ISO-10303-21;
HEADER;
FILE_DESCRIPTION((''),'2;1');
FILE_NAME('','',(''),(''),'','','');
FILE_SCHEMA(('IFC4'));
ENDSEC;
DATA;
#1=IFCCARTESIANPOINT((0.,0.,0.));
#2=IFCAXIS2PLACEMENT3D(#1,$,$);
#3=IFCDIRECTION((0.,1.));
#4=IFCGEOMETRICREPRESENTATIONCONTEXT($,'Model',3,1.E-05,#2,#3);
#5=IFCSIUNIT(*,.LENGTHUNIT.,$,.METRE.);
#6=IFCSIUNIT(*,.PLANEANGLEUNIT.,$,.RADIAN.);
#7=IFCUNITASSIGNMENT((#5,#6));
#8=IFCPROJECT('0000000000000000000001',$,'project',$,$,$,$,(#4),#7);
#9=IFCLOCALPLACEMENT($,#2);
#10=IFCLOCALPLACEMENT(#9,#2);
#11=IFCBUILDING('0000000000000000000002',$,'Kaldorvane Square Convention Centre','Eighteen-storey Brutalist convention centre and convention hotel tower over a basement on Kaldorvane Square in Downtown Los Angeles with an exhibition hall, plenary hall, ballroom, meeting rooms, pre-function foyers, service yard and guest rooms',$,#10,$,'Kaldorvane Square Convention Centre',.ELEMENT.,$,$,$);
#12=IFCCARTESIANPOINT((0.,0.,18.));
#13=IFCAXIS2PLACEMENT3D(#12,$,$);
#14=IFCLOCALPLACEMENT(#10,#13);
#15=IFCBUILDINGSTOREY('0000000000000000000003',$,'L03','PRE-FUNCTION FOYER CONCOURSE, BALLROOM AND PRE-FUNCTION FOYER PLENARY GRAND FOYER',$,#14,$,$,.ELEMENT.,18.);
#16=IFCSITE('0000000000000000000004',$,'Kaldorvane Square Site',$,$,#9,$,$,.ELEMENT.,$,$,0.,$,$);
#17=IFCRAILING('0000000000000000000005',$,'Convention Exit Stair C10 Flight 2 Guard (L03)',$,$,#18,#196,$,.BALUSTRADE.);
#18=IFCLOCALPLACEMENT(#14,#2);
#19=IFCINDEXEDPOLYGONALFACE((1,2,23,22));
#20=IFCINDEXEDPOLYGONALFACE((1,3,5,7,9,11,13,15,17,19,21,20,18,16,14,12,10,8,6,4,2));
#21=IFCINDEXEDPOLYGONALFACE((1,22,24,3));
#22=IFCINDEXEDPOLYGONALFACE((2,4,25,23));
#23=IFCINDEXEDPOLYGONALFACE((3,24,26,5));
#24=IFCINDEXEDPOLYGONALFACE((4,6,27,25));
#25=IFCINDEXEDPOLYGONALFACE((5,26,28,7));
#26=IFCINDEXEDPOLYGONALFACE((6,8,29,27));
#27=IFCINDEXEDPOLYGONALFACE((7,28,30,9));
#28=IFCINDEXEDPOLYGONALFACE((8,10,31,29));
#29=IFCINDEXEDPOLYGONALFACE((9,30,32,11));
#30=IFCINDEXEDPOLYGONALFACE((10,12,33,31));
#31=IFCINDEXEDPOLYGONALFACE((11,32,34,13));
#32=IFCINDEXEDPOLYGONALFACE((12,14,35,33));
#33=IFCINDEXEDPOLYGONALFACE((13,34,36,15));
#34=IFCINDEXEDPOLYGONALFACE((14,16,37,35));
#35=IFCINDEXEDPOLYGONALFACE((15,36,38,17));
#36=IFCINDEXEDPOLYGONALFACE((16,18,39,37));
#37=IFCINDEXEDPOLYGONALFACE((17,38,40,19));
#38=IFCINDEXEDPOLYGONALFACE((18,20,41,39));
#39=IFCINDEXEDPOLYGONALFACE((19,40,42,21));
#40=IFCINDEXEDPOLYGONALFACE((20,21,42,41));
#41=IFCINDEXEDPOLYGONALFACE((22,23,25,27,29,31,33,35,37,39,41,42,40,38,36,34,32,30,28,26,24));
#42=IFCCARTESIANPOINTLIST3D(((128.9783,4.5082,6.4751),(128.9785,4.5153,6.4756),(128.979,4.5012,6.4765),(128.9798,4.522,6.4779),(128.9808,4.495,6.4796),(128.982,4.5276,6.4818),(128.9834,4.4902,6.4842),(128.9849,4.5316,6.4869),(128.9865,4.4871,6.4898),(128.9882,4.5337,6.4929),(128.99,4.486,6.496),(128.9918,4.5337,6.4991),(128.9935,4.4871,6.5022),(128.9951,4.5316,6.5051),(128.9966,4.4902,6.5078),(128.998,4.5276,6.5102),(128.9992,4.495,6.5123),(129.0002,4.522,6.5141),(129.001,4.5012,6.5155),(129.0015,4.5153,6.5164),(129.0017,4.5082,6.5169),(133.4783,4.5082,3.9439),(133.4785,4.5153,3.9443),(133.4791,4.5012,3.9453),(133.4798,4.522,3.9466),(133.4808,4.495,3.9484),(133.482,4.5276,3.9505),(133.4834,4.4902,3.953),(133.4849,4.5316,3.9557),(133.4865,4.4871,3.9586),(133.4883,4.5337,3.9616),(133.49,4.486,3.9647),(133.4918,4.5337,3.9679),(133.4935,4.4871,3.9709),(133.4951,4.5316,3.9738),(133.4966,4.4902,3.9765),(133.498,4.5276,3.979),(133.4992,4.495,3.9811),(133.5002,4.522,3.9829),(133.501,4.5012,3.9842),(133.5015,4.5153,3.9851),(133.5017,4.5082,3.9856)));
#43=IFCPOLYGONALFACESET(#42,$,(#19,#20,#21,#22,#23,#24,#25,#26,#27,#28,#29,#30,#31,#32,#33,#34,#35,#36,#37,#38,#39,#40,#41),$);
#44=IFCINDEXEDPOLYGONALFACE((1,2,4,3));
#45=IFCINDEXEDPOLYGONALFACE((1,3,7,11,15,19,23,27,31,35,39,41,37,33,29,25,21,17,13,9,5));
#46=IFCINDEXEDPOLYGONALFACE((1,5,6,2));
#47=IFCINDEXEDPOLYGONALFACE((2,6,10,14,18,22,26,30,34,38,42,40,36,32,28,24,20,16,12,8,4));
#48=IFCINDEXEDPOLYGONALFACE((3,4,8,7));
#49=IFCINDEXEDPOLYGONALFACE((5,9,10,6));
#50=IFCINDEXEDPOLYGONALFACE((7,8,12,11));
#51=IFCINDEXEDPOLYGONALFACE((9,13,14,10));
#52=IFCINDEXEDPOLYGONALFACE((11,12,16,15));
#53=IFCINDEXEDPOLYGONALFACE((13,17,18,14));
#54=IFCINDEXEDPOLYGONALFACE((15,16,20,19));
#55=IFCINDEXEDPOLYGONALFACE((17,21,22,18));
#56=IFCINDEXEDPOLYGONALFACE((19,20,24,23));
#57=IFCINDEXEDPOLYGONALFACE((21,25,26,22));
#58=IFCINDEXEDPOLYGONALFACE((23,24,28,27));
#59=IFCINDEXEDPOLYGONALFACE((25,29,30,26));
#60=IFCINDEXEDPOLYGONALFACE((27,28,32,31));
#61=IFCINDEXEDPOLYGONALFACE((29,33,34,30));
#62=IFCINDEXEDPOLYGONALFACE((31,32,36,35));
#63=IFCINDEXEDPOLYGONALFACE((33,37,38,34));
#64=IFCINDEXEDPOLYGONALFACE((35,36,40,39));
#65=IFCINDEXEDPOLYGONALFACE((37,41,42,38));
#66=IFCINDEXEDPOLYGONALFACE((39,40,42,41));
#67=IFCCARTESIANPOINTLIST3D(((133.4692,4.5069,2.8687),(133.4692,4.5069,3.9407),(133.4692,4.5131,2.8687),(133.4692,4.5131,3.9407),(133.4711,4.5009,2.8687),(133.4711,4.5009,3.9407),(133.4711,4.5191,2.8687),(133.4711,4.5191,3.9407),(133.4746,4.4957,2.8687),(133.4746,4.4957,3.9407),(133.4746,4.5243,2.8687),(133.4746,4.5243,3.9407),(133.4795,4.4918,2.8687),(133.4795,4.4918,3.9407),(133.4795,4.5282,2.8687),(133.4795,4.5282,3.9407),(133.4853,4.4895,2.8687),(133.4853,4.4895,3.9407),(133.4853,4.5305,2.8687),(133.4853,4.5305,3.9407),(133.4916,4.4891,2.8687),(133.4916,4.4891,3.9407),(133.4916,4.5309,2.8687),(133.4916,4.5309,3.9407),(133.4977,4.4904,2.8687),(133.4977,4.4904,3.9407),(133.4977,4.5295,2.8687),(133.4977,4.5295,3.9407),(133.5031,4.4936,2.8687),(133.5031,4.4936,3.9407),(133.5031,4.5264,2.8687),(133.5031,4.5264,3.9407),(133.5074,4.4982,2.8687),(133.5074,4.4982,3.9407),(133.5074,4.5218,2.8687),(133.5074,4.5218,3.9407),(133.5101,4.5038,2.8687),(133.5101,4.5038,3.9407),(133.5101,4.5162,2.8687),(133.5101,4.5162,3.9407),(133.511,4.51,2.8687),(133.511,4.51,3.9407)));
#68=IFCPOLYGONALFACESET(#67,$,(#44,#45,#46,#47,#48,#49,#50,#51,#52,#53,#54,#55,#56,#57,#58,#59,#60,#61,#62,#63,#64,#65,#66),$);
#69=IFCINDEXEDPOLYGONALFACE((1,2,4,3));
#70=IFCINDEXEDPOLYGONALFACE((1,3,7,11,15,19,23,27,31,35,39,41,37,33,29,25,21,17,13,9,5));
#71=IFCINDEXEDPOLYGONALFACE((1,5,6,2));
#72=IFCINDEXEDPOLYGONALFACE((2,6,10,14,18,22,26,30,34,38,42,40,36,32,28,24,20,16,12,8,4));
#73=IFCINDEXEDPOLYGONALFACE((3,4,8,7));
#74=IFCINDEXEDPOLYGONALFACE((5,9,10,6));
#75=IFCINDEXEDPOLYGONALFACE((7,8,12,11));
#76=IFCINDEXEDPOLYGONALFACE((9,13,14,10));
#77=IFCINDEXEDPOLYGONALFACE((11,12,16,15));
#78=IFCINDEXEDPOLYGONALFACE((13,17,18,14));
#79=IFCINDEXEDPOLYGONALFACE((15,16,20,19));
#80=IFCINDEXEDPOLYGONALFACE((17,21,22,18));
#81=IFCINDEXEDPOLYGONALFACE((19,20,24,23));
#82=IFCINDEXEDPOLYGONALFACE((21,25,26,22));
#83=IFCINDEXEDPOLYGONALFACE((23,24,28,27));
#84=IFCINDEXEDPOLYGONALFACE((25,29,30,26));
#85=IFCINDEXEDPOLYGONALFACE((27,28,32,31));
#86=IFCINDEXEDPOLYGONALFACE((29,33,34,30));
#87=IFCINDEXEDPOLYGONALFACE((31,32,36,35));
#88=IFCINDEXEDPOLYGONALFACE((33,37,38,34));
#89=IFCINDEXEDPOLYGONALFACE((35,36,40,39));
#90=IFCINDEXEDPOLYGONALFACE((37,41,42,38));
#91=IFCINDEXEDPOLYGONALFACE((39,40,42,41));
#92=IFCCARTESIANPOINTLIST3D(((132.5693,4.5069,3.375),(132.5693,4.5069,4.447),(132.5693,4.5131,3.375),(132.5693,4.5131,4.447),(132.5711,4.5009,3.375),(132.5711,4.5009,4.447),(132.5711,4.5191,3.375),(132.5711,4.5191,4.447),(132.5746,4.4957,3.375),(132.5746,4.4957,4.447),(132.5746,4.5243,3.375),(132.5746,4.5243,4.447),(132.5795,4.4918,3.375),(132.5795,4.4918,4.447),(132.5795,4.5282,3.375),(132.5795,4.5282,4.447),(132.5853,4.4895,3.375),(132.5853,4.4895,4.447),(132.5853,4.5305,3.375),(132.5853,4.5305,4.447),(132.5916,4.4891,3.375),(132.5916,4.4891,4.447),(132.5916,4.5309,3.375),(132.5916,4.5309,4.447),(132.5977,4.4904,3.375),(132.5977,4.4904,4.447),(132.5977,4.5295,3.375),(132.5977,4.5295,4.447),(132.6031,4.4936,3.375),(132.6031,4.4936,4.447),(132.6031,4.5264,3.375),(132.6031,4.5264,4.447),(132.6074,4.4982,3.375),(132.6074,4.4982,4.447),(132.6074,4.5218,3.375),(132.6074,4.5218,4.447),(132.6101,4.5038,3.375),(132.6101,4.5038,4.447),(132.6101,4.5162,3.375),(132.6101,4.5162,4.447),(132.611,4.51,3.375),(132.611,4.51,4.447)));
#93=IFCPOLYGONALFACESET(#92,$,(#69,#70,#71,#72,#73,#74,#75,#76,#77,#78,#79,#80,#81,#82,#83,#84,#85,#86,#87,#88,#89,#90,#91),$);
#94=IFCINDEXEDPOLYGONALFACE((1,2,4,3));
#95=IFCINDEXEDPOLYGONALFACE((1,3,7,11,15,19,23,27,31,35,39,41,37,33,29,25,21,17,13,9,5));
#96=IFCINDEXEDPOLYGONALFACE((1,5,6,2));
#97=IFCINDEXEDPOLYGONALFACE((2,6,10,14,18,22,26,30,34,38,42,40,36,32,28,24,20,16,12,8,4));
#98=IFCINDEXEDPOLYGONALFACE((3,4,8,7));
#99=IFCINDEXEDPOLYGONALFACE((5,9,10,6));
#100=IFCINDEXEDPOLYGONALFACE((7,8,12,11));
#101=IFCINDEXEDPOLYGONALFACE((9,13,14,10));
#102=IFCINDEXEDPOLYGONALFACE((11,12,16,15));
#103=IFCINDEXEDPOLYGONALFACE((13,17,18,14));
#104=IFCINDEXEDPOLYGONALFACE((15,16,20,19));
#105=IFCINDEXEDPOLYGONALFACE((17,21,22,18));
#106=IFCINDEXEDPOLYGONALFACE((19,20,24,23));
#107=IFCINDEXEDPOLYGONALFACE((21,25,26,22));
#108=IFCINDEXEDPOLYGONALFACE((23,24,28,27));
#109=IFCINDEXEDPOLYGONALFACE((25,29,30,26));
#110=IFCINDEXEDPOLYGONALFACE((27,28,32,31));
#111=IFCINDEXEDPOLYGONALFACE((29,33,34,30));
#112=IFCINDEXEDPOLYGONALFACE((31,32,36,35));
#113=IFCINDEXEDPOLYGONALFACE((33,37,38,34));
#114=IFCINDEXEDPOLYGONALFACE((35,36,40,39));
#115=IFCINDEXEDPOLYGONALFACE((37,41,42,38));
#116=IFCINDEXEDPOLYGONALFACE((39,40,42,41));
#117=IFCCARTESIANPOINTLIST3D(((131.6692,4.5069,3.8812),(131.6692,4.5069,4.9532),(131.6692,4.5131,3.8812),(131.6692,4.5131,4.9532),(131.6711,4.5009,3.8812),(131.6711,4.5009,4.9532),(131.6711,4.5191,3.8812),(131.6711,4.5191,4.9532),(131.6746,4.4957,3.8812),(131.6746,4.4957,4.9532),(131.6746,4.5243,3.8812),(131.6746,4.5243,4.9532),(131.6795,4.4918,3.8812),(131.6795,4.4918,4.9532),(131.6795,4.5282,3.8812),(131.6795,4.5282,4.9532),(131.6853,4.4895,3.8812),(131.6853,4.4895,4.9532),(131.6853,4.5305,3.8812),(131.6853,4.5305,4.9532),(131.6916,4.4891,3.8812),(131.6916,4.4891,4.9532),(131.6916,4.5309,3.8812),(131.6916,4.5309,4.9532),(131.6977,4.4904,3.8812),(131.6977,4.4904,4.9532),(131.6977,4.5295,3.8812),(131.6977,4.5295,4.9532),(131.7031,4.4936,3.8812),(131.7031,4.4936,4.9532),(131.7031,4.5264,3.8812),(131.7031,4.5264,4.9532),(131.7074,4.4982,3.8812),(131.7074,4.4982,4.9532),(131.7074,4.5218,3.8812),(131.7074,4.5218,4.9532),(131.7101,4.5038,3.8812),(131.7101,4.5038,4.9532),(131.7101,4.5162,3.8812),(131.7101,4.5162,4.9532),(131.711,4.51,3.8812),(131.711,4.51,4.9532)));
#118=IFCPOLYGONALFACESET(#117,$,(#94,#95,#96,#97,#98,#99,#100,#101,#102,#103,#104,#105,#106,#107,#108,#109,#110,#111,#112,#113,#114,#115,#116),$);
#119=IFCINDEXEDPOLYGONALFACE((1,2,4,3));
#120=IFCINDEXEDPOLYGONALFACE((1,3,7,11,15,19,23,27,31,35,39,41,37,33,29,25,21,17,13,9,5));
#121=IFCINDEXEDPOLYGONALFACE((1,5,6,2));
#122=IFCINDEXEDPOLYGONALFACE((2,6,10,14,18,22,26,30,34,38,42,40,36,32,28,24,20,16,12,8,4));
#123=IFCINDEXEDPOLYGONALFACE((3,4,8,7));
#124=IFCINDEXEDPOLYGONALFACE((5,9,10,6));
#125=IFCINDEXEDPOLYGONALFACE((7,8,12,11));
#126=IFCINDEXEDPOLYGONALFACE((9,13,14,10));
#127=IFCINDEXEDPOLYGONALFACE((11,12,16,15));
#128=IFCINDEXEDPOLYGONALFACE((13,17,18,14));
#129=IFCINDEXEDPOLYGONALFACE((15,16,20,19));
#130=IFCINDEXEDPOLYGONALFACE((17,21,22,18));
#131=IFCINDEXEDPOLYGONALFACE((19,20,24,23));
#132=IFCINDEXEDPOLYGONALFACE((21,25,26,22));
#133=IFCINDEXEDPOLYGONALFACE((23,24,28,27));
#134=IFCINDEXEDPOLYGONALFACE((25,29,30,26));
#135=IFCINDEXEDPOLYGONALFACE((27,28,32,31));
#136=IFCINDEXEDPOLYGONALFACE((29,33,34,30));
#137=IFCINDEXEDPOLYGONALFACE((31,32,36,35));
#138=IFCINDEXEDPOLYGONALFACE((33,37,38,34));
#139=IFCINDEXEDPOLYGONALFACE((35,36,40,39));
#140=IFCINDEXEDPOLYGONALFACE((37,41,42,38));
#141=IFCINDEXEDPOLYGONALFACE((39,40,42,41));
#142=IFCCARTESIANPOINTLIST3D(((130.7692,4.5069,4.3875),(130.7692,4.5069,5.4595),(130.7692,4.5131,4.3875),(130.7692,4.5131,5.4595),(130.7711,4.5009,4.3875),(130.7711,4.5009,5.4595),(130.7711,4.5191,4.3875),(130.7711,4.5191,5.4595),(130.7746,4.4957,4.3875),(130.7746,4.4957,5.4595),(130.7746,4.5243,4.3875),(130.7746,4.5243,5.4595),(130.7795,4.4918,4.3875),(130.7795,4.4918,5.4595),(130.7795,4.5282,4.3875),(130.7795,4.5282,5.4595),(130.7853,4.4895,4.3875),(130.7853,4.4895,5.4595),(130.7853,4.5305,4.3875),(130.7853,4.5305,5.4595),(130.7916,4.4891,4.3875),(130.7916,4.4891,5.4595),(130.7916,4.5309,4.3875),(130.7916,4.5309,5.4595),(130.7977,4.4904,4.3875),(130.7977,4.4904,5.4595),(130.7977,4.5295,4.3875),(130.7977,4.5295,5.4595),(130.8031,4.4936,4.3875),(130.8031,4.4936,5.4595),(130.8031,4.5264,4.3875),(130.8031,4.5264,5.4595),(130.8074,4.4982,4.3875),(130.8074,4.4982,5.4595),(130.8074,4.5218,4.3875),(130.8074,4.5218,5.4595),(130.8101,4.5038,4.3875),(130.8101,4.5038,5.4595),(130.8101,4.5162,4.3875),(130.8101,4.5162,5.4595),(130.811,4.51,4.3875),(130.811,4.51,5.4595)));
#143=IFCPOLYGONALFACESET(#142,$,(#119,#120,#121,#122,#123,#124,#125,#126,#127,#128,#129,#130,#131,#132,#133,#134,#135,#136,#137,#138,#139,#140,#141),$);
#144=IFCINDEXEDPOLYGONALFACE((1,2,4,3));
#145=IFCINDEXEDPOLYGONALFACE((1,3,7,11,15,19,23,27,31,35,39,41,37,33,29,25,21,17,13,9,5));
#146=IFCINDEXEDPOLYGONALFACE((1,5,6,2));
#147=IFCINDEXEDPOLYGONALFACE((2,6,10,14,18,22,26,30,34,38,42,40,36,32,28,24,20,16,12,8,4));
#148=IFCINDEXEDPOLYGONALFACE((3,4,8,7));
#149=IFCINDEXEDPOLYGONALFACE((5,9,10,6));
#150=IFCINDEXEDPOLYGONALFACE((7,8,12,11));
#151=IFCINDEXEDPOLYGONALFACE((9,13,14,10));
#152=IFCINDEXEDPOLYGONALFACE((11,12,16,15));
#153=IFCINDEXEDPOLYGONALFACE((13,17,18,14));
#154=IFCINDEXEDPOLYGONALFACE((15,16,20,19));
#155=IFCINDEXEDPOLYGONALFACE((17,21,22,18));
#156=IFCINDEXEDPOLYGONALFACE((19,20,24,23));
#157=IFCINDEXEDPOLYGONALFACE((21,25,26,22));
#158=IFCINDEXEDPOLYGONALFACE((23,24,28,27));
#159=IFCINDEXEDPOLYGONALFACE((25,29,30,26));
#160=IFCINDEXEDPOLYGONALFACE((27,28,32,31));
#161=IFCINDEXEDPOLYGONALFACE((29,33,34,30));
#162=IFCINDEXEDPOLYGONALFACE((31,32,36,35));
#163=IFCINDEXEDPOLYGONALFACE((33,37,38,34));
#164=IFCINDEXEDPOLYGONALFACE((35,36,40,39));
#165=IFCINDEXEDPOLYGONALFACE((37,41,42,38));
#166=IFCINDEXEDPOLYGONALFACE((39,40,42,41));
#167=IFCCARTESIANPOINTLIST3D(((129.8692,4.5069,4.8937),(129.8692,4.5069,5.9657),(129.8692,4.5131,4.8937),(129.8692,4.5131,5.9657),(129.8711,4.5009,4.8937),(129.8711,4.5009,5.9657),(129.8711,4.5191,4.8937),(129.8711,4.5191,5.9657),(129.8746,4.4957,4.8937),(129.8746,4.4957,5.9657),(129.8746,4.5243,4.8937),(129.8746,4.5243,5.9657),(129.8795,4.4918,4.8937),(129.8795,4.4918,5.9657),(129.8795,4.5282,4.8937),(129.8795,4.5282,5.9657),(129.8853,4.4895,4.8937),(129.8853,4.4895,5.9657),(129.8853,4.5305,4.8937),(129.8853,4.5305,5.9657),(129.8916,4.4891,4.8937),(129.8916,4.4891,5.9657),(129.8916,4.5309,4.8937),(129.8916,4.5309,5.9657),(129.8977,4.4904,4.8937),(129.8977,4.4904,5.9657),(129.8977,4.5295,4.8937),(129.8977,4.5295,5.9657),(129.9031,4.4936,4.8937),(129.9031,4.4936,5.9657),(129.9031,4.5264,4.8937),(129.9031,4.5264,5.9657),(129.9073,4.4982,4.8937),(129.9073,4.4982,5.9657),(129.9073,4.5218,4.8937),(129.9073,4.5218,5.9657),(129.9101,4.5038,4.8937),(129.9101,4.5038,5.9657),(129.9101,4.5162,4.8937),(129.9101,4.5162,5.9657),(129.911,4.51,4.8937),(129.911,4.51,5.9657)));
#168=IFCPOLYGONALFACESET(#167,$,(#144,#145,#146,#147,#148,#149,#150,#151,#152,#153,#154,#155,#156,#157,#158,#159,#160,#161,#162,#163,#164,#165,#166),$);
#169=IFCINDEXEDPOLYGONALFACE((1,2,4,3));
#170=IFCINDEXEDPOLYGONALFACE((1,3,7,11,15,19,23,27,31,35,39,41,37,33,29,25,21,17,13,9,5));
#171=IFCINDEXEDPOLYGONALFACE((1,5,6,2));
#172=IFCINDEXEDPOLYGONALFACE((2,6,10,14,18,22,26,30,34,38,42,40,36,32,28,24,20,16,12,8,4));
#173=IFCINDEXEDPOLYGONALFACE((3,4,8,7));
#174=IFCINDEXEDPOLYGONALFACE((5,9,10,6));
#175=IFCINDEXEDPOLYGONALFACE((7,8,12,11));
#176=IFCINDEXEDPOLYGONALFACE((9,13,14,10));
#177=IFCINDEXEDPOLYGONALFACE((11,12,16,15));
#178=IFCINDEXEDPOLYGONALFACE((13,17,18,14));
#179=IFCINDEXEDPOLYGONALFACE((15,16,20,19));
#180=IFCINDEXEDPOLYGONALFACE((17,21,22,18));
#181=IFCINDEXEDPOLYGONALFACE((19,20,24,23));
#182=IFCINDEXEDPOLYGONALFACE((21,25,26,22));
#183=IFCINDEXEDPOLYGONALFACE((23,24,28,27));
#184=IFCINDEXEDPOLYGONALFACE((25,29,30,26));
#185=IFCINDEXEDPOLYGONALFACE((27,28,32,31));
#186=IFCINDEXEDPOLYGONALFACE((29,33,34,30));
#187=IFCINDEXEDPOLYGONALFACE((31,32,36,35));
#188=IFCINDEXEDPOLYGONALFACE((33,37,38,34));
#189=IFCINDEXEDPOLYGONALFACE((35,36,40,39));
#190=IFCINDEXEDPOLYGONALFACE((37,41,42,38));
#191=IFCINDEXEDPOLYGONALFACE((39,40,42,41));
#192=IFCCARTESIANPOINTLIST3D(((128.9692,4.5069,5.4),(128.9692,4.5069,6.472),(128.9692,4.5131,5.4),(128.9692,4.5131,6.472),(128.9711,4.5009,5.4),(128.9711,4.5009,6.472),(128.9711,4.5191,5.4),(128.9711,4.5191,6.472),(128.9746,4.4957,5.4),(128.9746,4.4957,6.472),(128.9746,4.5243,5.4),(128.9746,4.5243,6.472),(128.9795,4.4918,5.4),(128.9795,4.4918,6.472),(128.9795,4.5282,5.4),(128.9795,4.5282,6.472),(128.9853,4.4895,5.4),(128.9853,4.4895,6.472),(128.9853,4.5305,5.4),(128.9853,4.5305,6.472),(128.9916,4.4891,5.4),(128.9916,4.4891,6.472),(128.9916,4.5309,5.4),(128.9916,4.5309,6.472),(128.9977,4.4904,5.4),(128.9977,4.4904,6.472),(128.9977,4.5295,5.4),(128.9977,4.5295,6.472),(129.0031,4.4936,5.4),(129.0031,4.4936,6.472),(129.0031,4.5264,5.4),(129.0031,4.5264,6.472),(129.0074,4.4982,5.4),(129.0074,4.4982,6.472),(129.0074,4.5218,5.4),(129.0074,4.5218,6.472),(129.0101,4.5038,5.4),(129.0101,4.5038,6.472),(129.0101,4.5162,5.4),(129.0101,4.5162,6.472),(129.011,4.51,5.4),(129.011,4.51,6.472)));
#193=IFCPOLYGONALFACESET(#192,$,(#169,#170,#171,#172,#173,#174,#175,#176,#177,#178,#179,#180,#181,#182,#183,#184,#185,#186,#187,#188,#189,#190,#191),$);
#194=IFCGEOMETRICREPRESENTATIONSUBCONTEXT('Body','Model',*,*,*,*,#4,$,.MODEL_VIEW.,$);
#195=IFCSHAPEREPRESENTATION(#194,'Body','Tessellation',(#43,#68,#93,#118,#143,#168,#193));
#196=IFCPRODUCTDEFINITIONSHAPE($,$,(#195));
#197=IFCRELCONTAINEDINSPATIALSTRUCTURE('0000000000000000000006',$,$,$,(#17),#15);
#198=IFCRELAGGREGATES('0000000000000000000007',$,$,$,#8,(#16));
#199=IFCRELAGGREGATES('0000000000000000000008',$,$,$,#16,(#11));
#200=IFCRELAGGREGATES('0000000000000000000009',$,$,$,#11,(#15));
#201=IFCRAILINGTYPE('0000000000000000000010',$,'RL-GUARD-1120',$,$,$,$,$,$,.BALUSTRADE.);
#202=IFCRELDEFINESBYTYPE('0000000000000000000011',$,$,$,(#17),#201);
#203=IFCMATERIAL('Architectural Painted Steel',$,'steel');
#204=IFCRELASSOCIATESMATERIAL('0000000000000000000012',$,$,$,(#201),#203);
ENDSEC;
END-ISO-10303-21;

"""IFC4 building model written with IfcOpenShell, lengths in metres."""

from ifc_helpers import new_model, si_unit, direction, frame, origin, origin_2d, place, context, subcontext, project, spatial, circle, extrude, material, type_object, element, save


model = new_model("IFC4")

# Units and contexts
model_context = context("Model", 3, precision=1e-05, world=origin(), true_north=direction((0.0, 1.0)))
body_context = subcontext(model_context, "Body", "Model", "MODEL_VIEW")
ifc_project = project(units=[si_unit("LENGTHUNIT", "METRE"), si_unit("PLANEANGLEUNIT", "RADIAN")], contexts=[model_context])

# Site, building, storey
site_placement = place(None, origin())
site = spatial("IfcSite", under=ifc_project, at=site_placement, Name="Kaldorvane Square Site", CompositionType="ELEMENT", RefElevation=0.0)
building_placement = place(site_placement, origin())
building = spatial("IfcBuilding", under=site, at=building_placement, Name="Kaldorvane Square Convention Centre", Description="Eighteen-storey Brutalist convention centre and convention hotel tower over a basement on Kaldorvane Square in Downtown Los Angeles with an exhibition hall, plenary hall, ballroom, meeting rooms, pre-function foyers, service yard and guest rooms", LongName="Kaldorvane Square Convention Centre", CompositionType="ELEMENT")
storey_placement = place(building_placement, frame((0.0, 0.0, 18.0)))
storey = spatial("IfcBuildingStorey", under=building, at=storey_placement, Name="L03", Description="PRE-FUNCTION FOYER CONCOURSE, BALLROOM AND PRE-FUNCTION FOYER PLENARY GRAND FOYER", CompositionType="ELEMENT", Elevation=18.0)

# Railing
ifc_material_1 = material(Name="Architectural Painted Steel", Category="steel")
railing_type_1 = type_object("IfcRailingType", Name="RL-GUARD-1120", PredefinedType="BALUSTRADE", material=ifc_material_1)
railing_1_placement = place(storey_placement, frame((133.49, 4.51, 2.8687)))
element("IfcRailing", 1, at=railing_1_placement, inside=storey, type_object=railing_type_1, Name="Convention Exit Stair C10 Flight 2 Guard (L03)", PredefinedType="BALUSTRADE", context=body_context, shape_type="SweptSolid", body=[
    extrude(circle(Radius=0.024, at=origin_2d()), frame((0.0, 0.0, 1.096), z_axis=(-0.871576, 0.0, 0.490261), x_axis=(0.0, -1.0, 0.0)), (0.0, 0.0, 1.0), 5.1631),
    extrude(circle(Radius=0.021, at=origin_2d()), origin(), (0.0, 0.0, 1.0), 1.072),
    extrude(circle(Radius=0.021, at=origin_2d()), frame((-0.9, 0.0, 0.5063)), (0.0, 0.0, 1.0), 1.072),
    extrude(circle(Radius=0.021, at=origin_2d()), frame((-1.8, 0.0, 1.0125)), (0.0, 0.0, 1.0), 1.072),
    extrude(circle(Radius=0.021, at=origin_2d()), frame((-2.7, 0.0, 1.5188)), (0.0, 0.0, 1.0), 1.072),
    extrude(circle(Radius=0.021, at=origin_2d()), frame((-3.6, 0.0, 2.025)), (0.0, 0.0, 1.0), 1.072),
    extrude(circle(Radius=0.021, at=origin_2d()), frame((-4.5, 0.0, 2.5312)), (0.0, 0.0, 1.0), 1.072),
])

save(model, "model.ifc")
